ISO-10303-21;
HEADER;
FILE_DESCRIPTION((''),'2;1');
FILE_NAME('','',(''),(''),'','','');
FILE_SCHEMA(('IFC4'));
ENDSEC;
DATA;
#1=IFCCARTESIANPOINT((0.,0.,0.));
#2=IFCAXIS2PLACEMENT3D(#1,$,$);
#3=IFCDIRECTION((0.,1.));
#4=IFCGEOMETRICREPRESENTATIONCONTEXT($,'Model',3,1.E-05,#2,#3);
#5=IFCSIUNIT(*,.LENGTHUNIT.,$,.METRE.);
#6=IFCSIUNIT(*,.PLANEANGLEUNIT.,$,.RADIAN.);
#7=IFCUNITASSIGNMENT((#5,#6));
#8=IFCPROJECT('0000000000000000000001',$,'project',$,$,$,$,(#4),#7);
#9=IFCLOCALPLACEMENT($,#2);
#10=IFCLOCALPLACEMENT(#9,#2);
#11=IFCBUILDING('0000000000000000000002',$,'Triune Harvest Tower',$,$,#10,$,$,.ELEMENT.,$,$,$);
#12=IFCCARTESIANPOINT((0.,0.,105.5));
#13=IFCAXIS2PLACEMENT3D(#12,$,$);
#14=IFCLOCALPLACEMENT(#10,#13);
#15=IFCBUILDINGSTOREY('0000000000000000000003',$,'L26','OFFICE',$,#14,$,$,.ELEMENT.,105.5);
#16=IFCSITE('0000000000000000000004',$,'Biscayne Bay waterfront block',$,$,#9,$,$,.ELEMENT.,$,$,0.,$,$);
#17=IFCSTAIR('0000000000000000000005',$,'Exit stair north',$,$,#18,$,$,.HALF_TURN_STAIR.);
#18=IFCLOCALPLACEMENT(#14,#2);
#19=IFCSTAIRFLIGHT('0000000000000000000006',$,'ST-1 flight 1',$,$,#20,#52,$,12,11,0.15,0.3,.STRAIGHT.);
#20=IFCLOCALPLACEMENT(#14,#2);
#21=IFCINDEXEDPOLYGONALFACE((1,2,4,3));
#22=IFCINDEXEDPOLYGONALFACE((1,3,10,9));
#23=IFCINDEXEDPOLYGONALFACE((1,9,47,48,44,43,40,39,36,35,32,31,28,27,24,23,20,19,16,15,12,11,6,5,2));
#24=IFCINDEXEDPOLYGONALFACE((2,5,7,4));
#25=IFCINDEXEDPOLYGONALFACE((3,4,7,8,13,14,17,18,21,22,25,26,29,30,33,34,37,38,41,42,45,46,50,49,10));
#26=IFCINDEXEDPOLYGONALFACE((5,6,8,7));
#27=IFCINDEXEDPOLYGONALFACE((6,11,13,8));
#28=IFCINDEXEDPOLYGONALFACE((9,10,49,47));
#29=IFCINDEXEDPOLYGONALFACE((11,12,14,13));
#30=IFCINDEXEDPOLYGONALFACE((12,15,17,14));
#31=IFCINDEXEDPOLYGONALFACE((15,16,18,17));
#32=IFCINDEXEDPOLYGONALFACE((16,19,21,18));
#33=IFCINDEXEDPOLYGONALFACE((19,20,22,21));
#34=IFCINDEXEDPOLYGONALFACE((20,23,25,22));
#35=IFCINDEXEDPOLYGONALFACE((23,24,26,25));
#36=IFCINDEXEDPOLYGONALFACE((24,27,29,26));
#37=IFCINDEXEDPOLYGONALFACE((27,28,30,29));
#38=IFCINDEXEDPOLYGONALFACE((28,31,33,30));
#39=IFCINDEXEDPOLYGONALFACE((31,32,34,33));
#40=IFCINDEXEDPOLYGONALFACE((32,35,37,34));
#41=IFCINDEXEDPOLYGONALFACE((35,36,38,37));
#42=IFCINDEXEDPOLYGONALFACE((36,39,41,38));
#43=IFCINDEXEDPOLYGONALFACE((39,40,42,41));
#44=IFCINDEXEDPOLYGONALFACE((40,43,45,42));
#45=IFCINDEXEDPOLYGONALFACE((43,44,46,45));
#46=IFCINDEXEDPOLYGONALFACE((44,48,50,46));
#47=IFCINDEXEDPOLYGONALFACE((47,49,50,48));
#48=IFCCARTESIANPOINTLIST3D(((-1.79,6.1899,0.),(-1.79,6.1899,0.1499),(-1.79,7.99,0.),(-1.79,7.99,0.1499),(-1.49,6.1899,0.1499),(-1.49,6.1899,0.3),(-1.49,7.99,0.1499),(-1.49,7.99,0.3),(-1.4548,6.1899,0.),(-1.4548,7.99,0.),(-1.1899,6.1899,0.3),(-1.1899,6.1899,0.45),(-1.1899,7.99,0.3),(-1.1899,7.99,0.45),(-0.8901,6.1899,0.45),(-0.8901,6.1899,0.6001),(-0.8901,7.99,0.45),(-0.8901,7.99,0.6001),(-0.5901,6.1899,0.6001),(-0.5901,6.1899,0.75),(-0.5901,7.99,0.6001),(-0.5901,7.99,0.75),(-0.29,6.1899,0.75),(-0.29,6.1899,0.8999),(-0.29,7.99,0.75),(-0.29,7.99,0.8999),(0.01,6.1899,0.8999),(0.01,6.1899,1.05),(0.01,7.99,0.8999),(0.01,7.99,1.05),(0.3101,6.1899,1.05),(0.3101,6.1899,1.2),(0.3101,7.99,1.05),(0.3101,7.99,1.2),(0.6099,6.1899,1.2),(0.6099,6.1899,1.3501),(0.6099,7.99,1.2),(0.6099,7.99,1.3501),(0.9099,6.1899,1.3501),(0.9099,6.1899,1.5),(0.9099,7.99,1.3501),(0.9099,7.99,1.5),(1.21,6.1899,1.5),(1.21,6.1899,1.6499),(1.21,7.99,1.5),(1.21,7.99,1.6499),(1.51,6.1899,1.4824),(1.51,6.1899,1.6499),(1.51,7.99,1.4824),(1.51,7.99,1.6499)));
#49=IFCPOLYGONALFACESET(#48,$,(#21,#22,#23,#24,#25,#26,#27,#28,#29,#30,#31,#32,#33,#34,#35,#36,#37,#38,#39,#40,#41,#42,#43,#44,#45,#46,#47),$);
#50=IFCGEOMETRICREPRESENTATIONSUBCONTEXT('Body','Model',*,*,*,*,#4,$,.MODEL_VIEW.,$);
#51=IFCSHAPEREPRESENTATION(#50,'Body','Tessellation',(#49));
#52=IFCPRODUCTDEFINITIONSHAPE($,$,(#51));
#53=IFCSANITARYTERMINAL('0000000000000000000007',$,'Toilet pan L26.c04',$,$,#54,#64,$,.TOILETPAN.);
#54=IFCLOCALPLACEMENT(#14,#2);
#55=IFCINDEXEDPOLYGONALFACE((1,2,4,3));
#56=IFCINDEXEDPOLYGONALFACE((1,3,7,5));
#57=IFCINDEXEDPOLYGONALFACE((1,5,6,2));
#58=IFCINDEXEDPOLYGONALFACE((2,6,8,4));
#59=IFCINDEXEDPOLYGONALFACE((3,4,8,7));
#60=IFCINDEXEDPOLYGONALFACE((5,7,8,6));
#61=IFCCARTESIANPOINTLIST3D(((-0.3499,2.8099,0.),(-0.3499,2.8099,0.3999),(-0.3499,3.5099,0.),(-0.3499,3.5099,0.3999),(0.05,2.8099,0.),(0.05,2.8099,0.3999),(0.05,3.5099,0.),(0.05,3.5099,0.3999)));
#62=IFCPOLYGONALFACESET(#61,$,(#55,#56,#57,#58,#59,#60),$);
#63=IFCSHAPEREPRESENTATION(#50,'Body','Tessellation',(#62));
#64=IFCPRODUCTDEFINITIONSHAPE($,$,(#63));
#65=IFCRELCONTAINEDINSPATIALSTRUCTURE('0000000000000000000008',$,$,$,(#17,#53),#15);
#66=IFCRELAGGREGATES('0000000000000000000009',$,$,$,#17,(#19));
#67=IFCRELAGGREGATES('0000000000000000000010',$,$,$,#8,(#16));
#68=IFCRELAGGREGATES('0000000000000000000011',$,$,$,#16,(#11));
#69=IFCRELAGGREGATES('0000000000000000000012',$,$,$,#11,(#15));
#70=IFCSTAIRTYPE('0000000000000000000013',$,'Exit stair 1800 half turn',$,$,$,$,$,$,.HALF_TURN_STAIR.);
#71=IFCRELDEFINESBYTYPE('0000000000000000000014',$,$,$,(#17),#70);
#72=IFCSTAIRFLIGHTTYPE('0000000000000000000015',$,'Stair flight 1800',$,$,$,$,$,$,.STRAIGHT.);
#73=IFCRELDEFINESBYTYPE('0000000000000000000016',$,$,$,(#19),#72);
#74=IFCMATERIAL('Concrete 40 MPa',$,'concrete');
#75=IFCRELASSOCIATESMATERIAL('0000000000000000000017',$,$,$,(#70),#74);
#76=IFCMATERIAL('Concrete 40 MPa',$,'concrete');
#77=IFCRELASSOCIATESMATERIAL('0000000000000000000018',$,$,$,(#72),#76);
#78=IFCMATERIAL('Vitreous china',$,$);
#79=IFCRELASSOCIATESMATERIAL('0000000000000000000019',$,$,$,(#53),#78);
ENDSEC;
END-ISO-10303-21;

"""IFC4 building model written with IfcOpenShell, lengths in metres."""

from ifc_helpers import new_model, si_unit, direction, frame, origin, origin_2d, place, context, subcontext, project, spatial, polyline, rectangle, outline, extrude, source, transform, mapped, material, type_object, element, aggregate, save


model = new_model("IFC4")

# Units and contexts
model_context = context("Model", 3, precision=1e-05, world=origin(), true_north=direction((0.0, 1.0)))
body_context = subcontext(model_context, "Body", "Model", "MODEL_VIEW")
ifc_project = project(units=[si_unit("LENGTHUNIT", "METRE"), si_unit("PLANEANGLEUNIT", "RADIAN")], contexts=[model_context])

# Site, building, storey
site_placement = place(None, origin())
site = spatial("IfcSite", under=ifc_project, at=site_placement, Name="Biscayne Bay waterfront block", CompositionType="ELEMENT", RefElevation=0.0)
building_placement = place(site_placement, origin())
building = spatial("IfcBuilding", under=site, at=building_placement, Name="Triune Harvest Tower", CompositionType="ELEMENT")
storey_placement = place(building_placement, frame((0.0, 0.0, 105.5)))
storey = spatial("IfcBuildingStorey", under=building, at=storey_placement, Name="L26", Description="OFFICE", CompositionType="ELEMENT", Elevation=105.5)

# Stair, stair flight
ifc_material_1 = material(Name="Concrete 40 MPa", Category="concrete")
stair_type = type_object("IfcStairType", Name="Exit stair 1800 half turn", PredefinedType="HALF_TURN_STAIR", material=ifc_material_1)
stair_placement = place(storey_placement, origin())
stair = element("IfcStair", 1, at=stair_placement, inside=storey, type_object=stair_type, Name="Exit stair north", PredefinedType="HALF_TURN_STAIR")
ifc_material_2 = material(Name="Concrete 40 MPa", Category="concrete")
stair_flight_type = type_object("IfcStairFlightType", Name="Stair flight 1800", PredefinedType="STRAIGHT", material=ifc_material_2)
shared_shape_1 = source(origin(), body_context, "Body", "SweptSolid", [
    extrude(outline(polyline([(0.0, 0.0), (0.0, 0.1499), (0.3, 0.1499), (0.3, 0.3), (0.6001, 0.3), (0.6001, 0.45), (0.8999, 0.45), (0.8999, 0.6001), (1.2, 0.6001), (1.2, 0.75), (1.5, 0.75), (1.5, 0.8999), (1.8, 0.8999), (1.8, 1.05), (2.1001, 1.05), (2.1001, 1.2), (2.3999, 1.2), (2.3999, 1.3501), (2.7, 1.3501), (2.7, 1.5), (3.0, 1.5), (3.0, 1.6499), (3.3, 1.6499), (3.3, 1.8), (3.3, 1.4824), (0.3352, 0.0), (0.0, 0.0)])), frame((0.0, 0.8999, 0.0), z_axis=(0.0, -1.0, 0.0), x_axis=(1.0, 0.0, 0.0)), (0.0, 0.0, 1.0), 1.8),
])
stair_flight_placement = place(storey_placement, frame((-1.79, 7.0901, 0.0), z_axis=(0.0, 0.0, 1.0), x_axis=(1.0, 0.0, 0.0)))
stair_flight = element("IfcStairFlight", 2, at=stair_flight_placement, type_object=stair_flight_type, Name="ST-1 flight 1", NumberOfRisers=12, NumberOfTreads=11, PredefinedType="STRAIGHT", RiserHeight=0.15, TreadLength=0.3, context=body_context, shape_type="MappedRepresentation", body=[
    mapped(shared_shape_1, transform((0.0, 0.0, 0.0), scale=1.0)),
])
aggregate(stair, [stair_flight])

# Sanitary terminal
ifc_material_3 = material(Name="Vitreous china")
shared_shape_2 = source(origin(), body_context, "Body", "SweptSolid", [
    extrude(rectangle(XDim=0.3999, YDim=0.7, at=origin_2d()), origin(), (0.0, 0.0, 1.0), 0.3999),
])
sanitary_terminal_placement = place(storey_placement, frame((-0.1499, 3.1599, 0.0), z_axis=(0.0, 0.0, 1.0), x_axis=(-1.0, 0.0, 0.0)))
element("IfcSanitaryTerminal", 3, at=sanitary_terminal_placement, inside=storey, material=ifc_material_3, Name="Toilet pan L26.c04", PredefinedType="TOILETPAN", context=body_context, shape_type="MappedRepresentation", body=[
    mapped(shared_shape_2, transform((0.0, 0.0, 0.0), scale=1.0)),
])

save(model, "model.ifc")
